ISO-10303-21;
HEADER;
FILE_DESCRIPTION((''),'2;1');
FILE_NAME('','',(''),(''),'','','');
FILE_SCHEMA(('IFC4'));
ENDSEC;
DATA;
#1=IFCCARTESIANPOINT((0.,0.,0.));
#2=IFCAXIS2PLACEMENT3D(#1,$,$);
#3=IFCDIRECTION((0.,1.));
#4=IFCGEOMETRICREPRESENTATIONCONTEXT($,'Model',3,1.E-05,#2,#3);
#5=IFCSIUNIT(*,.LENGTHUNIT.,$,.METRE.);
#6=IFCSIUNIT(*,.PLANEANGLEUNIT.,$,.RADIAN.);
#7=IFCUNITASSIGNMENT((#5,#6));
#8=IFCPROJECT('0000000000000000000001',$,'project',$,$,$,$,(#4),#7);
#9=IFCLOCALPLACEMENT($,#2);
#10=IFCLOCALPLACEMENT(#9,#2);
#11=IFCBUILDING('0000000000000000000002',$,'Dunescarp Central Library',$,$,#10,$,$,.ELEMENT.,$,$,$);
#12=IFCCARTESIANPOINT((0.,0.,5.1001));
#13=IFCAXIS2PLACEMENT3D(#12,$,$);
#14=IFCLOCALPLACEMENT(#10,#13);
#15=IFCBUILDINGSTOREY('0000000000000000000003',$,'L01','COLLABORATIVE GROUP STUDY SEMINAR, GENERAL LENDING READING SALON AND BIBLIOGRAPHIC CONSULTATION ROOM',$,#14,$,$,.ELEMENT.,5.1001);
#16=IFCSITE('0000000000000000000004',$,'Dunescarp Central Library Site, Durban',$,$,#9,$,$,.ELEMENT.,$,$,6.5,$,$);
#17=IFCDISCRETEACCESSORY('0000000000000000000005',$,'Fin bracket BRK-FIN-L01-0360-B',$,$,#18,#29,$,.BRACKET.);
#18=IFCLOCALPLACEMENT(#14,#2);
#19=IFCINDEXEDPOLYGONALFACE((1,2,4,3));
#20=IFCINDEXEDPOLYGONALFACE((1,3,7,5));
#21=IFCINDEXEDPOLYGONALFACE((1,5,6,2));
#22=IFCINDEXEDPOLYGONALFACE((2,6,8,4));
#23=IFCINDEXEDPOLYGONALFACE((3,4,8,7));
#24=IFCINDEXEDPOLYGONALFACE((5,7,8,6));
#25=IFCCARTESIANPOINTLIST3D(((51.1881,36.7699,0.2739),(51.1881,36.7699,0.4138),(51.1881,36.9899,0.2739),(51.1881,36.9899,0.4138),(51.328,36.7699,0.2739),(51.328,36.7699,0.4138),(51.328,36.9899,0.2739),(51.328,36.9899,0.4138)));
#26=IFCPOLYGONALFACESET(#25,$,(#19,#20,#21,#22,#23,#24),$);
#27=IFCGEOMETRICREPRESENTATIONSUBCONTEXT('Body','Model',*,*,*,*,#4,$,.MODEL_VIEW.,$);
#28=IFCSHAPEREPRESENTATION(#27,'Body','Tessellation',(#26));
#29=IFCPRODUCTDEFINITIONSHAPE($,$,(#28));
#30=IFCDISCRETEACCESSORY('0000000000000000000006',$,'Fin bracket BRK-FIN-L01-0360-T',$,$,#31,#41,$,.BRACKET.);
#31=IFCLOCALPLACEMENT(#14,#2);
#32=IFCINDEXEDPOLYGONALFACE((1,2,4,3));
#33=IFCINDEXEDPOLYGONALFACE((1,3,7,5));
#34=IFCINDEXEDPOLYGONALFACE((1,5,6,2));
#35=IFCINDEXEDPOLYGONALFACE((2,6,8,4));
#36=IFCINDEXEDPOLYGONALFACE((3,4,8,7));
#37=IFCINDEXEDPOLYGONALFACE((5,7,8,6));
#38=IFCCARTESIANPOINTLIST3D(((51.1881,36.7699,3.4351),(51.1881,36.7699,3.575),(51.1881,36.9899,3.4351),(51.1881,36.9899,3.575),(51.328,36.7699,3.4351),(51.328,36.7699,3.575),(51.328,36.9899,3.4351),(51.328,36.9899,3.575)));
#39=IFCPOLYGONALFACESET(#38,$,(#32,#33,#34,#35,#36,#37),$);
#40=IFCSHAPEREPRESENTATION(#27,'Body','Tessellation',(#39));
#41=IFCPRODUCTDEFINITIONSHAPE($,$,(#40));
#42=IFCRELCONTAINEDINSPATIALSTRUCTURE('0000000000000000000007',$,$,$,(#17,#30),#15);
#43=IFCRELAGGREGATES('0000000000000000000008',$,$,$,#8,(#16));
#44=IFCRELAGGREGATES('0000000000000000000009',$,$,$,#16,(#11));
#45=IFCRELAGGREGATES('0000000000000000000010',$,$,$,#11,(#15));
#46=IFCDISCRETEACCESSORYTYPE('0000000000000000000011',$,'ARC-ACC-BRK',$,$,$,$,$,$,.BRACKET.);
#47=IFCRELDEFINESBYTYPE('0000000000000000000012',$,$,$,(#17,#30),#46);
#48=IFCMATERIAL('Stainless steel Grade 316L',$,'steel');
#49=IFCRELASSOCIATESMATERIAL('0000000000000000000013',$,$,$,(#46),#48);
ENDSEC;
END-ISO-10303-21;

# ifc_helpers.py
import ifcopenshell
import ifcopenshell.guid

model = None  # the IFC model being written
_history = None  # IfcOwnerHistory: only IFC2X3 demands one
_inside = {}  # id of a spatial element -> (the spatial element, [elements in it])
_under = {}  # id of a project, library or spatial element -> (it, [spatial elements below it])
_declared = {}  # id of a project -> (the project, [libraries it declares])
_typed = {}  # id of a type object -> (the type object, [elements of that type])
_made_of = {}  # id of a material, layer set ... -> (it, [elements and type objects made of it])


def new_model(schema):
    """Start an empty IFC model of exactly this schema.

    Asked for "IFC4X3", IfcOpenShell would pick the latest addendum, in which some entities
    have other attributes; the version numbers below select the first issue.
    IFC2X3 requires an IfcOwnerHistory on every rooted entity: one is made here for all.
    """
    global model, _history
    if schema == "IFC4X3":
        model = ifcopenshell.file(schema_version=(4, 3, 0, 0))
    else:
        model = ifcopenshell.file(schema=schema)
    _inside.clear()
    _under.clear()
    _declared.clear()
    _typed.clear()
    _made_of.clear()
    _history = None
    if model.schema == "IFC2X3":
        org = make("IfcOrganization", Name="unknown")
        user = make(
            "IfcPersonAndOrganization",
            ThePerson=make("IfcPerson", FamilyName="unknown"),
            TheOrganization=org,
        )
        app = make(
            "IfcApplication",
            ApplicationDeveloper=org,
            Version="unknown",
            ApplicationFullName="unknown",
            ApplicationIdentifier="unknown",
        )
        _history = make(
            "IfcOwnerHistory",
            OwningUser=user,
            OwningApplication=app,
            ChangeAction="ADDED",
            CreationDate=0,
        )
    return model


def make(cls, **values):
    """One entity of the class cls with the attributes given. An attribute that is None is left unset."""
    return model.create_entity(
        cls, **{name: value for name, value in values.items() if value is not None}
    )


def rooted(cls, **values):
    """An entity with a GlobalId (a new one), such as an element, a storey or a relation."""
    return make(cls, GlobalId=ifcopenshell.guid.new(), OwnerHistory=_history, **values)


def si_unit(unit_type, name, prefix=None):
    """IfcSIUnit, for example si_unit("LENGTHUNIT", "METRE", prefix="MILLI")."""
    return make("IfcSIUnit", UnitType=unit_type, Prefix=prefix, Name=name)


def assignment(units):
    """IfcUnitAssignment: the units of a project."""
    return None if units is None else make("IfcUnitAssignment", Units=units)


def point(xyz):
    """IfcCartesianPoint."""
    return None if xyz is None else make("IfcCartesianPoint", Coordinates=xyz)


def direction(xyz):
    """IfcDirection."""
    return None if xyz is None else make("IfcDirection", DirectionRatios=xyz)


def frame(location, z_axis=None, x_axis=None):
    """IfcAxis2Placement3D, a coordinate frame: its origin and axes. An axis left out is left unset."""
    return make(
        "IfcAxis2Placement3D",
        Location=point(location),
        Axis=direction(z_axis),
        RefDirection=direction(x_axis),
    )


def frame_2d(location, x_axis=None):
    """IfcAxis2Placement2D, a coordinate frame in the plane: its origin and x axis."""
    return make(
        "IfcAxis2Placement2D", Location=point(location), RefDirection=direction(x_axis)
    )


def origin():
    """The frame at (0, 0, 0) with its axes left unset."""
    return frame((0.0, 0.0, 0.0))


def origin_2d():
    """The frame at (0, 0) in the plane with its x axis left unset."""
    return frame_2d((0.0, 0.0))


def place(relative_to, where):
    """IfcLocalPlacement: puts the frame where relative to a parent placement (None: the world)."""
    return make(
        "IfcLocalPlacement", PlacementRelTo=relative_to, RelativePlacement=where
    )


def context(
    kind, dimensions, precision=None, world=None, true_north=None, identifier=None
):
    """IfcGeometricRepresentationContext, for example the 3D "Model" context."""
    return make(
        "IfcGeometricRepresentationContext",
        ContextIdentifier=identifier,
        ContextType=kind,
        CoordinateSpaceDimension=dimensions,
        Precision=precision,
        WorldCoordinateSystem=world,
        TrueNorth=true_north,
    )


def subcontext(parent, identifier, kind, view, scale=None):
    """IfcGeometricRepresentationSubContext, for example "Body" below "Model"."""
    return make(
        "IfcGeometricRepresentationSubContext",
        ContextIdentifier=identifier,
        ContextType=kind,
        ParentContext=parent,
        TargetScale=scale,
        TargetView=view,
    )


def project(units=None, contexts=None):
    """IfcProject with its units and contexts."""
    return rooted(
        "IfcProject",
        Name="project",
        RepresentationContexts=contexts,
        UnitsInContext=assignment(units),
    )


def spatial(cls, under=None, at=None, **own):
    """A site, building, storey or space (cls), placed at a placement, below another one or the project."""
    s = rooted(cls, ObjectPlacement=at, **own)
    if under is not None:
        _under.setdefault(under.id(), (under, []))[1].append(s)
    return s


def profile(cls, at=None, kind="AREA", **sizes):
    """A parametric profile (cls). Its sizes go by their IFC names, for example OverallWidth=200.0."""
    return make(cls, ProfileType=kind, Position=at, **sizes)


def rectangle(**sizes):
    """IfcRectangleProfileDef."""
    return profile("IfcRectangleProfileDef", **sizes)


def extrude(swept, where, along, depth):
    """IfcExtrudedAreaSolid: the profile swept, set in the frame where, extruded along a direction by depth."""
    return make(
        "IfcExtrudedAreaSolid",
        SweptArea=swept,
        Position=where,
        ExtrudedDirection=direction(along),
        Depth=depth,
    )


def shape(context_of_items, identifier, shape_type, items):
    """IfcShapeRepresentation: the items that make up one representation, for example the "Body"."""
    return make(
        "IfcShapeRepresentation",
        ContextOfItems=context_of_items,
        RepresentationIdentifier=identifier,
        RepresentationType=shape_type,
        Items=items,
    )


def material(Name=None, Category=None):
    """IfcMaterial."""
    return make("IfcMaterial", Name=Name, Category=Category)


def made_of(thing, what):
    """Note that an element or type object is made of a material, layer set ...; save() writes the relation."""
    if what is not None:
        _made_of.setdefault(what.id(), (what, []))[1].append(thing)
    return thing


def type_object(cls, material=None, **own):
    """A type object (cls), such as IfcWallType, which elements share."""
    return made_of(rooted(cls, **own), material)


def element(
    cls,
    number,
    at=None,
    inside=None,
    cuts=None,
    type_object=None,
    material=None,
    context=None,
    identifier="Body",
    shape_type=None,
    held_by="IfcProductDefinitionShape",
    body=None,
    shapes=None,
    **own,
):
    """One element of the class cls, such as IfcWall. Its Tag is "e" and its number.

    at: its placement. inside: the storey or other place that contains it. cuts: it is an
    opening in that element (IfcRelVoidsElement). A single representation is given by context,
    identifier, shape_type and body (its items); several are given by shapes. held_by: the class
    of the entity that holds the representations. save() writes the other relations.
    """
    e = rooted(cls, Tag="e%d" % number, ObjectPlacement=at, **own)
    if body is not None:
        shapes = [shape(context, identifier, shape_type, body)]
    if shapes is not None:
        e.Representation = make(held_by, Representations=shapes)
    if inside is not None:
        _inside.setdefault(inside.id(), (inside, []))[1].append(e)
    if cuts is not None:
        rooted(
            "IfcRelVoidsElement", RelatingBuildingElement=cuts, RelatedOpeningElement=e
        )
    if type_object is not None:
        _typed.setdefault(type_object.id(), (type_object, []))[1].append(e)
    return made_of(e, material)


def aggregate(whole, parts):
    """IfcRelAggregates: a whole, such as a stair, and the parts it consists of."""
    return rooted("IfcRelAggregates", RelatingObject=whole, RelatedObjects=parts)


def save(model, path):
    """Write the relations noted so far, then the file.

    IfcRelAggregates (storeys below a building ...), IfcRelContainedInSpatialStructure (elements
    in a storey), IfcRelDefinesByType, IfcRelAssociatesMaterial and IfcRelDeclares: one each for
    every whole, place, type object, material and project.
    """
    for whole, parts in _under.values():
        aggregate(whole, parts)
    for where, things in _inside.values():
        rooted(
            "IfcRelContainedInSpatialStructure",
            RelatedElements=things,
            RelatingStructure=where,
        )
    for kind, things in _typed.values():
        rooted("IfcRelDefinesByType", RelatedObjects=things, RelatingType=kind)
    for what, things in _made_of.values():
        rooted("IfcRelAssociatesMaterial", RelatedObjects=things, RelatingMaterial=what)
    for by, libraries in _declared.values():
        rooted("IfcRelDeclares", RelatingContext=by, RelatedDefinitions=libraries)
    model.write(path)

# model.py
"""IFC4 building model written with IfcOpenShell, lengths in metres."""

from ifc_helpers import new_model, si_unit, direction, frame, origin, origin_2d, place, context, subcontext, project, spatial, rectangle, extrude, material, type_object, element, save


model = new_model("IFC4")

# Units and contexts
model_context = context("Model", 3, precision=1e-05, world=origin(), true_north=direction((0.0, 1.0)))
body_context = subcontext(model_context, "Body", "Model", "MODEL_VIEW")
ifc_project = project(units=[si_unit("LENGTHUNIT", "METRE"), si_unit("PLANEANGLEUNIT", "RADIAN")], contexts=[model_context])

# Site, building, storey
site_placement = place(None, origin())
site = spatial("IfcSite", under=ifc_project, at=site_placement, Name="Dunescarp Central Library Site, Durban", CompositionType="ELEMENT", RefElevation=6.5)
building_placement = place(site_placement, origin())
building = spatial("IfcBuilding", under=site, at=building_placement, Name="Dunescarp Central Library", CompositionType="ELEMENT")
storey_placement = place(building_placement, frame((0.0, 0.0, 5.1001)))
storey = spatial("IfcBuildingStorey", under=building, at=storey_placement, Name="L01", Description="COLLABORATIVE GROUP STUDY SEMINAR, GENERAL LENDING READING SALON AND BIBLIOGRAPHIC CONSULTATION ROOM", CompositionType="ELEMENT", Elevation=5.1001)

# Discrete accessories
ifc_material_1 = material(Name="Stainless steel Grade 316L", Category="steel")
discrete_accessory_type = type_object("IfcDiscreteAccessoryType", Name="ARC-ACC-BRK", PredefinedType="BRACKET", material=ifc_material_1)
for number, where, z_axis, x_axis, name in (
    (1, (51.2581, 36.8799, 0.2739), (0.0, 0.0, 1.0), (0.0, 1.0, 0.0), "Fin bracket BRK-FIN-L01-0360-B"),
    (2, (51.2581, 36.8799, 3.4351), (0.0, 0.0, 1.0), (0.0, 1.0, 0.0), "Fin bracket BRK-FIN-L01-0360-T"),
):
    element("IfcDiscreteAccessory", number, at=place(storey_placement, frame(where, z_axis=z_axis, x_axis=x_axis)), inside=storey, type_object=discrete_accessory_type, Name=name, PredefinedType="BRACKET", context=body_context, shape_type="SweptSolid", body=[
        extrude(rectangle(XDim=0.22, YDim=0.1399, at=origin_2d()), origin(), (0.0, 0.0, 1.0), 0.1399),
    ])

save(model, "model.ifc")
